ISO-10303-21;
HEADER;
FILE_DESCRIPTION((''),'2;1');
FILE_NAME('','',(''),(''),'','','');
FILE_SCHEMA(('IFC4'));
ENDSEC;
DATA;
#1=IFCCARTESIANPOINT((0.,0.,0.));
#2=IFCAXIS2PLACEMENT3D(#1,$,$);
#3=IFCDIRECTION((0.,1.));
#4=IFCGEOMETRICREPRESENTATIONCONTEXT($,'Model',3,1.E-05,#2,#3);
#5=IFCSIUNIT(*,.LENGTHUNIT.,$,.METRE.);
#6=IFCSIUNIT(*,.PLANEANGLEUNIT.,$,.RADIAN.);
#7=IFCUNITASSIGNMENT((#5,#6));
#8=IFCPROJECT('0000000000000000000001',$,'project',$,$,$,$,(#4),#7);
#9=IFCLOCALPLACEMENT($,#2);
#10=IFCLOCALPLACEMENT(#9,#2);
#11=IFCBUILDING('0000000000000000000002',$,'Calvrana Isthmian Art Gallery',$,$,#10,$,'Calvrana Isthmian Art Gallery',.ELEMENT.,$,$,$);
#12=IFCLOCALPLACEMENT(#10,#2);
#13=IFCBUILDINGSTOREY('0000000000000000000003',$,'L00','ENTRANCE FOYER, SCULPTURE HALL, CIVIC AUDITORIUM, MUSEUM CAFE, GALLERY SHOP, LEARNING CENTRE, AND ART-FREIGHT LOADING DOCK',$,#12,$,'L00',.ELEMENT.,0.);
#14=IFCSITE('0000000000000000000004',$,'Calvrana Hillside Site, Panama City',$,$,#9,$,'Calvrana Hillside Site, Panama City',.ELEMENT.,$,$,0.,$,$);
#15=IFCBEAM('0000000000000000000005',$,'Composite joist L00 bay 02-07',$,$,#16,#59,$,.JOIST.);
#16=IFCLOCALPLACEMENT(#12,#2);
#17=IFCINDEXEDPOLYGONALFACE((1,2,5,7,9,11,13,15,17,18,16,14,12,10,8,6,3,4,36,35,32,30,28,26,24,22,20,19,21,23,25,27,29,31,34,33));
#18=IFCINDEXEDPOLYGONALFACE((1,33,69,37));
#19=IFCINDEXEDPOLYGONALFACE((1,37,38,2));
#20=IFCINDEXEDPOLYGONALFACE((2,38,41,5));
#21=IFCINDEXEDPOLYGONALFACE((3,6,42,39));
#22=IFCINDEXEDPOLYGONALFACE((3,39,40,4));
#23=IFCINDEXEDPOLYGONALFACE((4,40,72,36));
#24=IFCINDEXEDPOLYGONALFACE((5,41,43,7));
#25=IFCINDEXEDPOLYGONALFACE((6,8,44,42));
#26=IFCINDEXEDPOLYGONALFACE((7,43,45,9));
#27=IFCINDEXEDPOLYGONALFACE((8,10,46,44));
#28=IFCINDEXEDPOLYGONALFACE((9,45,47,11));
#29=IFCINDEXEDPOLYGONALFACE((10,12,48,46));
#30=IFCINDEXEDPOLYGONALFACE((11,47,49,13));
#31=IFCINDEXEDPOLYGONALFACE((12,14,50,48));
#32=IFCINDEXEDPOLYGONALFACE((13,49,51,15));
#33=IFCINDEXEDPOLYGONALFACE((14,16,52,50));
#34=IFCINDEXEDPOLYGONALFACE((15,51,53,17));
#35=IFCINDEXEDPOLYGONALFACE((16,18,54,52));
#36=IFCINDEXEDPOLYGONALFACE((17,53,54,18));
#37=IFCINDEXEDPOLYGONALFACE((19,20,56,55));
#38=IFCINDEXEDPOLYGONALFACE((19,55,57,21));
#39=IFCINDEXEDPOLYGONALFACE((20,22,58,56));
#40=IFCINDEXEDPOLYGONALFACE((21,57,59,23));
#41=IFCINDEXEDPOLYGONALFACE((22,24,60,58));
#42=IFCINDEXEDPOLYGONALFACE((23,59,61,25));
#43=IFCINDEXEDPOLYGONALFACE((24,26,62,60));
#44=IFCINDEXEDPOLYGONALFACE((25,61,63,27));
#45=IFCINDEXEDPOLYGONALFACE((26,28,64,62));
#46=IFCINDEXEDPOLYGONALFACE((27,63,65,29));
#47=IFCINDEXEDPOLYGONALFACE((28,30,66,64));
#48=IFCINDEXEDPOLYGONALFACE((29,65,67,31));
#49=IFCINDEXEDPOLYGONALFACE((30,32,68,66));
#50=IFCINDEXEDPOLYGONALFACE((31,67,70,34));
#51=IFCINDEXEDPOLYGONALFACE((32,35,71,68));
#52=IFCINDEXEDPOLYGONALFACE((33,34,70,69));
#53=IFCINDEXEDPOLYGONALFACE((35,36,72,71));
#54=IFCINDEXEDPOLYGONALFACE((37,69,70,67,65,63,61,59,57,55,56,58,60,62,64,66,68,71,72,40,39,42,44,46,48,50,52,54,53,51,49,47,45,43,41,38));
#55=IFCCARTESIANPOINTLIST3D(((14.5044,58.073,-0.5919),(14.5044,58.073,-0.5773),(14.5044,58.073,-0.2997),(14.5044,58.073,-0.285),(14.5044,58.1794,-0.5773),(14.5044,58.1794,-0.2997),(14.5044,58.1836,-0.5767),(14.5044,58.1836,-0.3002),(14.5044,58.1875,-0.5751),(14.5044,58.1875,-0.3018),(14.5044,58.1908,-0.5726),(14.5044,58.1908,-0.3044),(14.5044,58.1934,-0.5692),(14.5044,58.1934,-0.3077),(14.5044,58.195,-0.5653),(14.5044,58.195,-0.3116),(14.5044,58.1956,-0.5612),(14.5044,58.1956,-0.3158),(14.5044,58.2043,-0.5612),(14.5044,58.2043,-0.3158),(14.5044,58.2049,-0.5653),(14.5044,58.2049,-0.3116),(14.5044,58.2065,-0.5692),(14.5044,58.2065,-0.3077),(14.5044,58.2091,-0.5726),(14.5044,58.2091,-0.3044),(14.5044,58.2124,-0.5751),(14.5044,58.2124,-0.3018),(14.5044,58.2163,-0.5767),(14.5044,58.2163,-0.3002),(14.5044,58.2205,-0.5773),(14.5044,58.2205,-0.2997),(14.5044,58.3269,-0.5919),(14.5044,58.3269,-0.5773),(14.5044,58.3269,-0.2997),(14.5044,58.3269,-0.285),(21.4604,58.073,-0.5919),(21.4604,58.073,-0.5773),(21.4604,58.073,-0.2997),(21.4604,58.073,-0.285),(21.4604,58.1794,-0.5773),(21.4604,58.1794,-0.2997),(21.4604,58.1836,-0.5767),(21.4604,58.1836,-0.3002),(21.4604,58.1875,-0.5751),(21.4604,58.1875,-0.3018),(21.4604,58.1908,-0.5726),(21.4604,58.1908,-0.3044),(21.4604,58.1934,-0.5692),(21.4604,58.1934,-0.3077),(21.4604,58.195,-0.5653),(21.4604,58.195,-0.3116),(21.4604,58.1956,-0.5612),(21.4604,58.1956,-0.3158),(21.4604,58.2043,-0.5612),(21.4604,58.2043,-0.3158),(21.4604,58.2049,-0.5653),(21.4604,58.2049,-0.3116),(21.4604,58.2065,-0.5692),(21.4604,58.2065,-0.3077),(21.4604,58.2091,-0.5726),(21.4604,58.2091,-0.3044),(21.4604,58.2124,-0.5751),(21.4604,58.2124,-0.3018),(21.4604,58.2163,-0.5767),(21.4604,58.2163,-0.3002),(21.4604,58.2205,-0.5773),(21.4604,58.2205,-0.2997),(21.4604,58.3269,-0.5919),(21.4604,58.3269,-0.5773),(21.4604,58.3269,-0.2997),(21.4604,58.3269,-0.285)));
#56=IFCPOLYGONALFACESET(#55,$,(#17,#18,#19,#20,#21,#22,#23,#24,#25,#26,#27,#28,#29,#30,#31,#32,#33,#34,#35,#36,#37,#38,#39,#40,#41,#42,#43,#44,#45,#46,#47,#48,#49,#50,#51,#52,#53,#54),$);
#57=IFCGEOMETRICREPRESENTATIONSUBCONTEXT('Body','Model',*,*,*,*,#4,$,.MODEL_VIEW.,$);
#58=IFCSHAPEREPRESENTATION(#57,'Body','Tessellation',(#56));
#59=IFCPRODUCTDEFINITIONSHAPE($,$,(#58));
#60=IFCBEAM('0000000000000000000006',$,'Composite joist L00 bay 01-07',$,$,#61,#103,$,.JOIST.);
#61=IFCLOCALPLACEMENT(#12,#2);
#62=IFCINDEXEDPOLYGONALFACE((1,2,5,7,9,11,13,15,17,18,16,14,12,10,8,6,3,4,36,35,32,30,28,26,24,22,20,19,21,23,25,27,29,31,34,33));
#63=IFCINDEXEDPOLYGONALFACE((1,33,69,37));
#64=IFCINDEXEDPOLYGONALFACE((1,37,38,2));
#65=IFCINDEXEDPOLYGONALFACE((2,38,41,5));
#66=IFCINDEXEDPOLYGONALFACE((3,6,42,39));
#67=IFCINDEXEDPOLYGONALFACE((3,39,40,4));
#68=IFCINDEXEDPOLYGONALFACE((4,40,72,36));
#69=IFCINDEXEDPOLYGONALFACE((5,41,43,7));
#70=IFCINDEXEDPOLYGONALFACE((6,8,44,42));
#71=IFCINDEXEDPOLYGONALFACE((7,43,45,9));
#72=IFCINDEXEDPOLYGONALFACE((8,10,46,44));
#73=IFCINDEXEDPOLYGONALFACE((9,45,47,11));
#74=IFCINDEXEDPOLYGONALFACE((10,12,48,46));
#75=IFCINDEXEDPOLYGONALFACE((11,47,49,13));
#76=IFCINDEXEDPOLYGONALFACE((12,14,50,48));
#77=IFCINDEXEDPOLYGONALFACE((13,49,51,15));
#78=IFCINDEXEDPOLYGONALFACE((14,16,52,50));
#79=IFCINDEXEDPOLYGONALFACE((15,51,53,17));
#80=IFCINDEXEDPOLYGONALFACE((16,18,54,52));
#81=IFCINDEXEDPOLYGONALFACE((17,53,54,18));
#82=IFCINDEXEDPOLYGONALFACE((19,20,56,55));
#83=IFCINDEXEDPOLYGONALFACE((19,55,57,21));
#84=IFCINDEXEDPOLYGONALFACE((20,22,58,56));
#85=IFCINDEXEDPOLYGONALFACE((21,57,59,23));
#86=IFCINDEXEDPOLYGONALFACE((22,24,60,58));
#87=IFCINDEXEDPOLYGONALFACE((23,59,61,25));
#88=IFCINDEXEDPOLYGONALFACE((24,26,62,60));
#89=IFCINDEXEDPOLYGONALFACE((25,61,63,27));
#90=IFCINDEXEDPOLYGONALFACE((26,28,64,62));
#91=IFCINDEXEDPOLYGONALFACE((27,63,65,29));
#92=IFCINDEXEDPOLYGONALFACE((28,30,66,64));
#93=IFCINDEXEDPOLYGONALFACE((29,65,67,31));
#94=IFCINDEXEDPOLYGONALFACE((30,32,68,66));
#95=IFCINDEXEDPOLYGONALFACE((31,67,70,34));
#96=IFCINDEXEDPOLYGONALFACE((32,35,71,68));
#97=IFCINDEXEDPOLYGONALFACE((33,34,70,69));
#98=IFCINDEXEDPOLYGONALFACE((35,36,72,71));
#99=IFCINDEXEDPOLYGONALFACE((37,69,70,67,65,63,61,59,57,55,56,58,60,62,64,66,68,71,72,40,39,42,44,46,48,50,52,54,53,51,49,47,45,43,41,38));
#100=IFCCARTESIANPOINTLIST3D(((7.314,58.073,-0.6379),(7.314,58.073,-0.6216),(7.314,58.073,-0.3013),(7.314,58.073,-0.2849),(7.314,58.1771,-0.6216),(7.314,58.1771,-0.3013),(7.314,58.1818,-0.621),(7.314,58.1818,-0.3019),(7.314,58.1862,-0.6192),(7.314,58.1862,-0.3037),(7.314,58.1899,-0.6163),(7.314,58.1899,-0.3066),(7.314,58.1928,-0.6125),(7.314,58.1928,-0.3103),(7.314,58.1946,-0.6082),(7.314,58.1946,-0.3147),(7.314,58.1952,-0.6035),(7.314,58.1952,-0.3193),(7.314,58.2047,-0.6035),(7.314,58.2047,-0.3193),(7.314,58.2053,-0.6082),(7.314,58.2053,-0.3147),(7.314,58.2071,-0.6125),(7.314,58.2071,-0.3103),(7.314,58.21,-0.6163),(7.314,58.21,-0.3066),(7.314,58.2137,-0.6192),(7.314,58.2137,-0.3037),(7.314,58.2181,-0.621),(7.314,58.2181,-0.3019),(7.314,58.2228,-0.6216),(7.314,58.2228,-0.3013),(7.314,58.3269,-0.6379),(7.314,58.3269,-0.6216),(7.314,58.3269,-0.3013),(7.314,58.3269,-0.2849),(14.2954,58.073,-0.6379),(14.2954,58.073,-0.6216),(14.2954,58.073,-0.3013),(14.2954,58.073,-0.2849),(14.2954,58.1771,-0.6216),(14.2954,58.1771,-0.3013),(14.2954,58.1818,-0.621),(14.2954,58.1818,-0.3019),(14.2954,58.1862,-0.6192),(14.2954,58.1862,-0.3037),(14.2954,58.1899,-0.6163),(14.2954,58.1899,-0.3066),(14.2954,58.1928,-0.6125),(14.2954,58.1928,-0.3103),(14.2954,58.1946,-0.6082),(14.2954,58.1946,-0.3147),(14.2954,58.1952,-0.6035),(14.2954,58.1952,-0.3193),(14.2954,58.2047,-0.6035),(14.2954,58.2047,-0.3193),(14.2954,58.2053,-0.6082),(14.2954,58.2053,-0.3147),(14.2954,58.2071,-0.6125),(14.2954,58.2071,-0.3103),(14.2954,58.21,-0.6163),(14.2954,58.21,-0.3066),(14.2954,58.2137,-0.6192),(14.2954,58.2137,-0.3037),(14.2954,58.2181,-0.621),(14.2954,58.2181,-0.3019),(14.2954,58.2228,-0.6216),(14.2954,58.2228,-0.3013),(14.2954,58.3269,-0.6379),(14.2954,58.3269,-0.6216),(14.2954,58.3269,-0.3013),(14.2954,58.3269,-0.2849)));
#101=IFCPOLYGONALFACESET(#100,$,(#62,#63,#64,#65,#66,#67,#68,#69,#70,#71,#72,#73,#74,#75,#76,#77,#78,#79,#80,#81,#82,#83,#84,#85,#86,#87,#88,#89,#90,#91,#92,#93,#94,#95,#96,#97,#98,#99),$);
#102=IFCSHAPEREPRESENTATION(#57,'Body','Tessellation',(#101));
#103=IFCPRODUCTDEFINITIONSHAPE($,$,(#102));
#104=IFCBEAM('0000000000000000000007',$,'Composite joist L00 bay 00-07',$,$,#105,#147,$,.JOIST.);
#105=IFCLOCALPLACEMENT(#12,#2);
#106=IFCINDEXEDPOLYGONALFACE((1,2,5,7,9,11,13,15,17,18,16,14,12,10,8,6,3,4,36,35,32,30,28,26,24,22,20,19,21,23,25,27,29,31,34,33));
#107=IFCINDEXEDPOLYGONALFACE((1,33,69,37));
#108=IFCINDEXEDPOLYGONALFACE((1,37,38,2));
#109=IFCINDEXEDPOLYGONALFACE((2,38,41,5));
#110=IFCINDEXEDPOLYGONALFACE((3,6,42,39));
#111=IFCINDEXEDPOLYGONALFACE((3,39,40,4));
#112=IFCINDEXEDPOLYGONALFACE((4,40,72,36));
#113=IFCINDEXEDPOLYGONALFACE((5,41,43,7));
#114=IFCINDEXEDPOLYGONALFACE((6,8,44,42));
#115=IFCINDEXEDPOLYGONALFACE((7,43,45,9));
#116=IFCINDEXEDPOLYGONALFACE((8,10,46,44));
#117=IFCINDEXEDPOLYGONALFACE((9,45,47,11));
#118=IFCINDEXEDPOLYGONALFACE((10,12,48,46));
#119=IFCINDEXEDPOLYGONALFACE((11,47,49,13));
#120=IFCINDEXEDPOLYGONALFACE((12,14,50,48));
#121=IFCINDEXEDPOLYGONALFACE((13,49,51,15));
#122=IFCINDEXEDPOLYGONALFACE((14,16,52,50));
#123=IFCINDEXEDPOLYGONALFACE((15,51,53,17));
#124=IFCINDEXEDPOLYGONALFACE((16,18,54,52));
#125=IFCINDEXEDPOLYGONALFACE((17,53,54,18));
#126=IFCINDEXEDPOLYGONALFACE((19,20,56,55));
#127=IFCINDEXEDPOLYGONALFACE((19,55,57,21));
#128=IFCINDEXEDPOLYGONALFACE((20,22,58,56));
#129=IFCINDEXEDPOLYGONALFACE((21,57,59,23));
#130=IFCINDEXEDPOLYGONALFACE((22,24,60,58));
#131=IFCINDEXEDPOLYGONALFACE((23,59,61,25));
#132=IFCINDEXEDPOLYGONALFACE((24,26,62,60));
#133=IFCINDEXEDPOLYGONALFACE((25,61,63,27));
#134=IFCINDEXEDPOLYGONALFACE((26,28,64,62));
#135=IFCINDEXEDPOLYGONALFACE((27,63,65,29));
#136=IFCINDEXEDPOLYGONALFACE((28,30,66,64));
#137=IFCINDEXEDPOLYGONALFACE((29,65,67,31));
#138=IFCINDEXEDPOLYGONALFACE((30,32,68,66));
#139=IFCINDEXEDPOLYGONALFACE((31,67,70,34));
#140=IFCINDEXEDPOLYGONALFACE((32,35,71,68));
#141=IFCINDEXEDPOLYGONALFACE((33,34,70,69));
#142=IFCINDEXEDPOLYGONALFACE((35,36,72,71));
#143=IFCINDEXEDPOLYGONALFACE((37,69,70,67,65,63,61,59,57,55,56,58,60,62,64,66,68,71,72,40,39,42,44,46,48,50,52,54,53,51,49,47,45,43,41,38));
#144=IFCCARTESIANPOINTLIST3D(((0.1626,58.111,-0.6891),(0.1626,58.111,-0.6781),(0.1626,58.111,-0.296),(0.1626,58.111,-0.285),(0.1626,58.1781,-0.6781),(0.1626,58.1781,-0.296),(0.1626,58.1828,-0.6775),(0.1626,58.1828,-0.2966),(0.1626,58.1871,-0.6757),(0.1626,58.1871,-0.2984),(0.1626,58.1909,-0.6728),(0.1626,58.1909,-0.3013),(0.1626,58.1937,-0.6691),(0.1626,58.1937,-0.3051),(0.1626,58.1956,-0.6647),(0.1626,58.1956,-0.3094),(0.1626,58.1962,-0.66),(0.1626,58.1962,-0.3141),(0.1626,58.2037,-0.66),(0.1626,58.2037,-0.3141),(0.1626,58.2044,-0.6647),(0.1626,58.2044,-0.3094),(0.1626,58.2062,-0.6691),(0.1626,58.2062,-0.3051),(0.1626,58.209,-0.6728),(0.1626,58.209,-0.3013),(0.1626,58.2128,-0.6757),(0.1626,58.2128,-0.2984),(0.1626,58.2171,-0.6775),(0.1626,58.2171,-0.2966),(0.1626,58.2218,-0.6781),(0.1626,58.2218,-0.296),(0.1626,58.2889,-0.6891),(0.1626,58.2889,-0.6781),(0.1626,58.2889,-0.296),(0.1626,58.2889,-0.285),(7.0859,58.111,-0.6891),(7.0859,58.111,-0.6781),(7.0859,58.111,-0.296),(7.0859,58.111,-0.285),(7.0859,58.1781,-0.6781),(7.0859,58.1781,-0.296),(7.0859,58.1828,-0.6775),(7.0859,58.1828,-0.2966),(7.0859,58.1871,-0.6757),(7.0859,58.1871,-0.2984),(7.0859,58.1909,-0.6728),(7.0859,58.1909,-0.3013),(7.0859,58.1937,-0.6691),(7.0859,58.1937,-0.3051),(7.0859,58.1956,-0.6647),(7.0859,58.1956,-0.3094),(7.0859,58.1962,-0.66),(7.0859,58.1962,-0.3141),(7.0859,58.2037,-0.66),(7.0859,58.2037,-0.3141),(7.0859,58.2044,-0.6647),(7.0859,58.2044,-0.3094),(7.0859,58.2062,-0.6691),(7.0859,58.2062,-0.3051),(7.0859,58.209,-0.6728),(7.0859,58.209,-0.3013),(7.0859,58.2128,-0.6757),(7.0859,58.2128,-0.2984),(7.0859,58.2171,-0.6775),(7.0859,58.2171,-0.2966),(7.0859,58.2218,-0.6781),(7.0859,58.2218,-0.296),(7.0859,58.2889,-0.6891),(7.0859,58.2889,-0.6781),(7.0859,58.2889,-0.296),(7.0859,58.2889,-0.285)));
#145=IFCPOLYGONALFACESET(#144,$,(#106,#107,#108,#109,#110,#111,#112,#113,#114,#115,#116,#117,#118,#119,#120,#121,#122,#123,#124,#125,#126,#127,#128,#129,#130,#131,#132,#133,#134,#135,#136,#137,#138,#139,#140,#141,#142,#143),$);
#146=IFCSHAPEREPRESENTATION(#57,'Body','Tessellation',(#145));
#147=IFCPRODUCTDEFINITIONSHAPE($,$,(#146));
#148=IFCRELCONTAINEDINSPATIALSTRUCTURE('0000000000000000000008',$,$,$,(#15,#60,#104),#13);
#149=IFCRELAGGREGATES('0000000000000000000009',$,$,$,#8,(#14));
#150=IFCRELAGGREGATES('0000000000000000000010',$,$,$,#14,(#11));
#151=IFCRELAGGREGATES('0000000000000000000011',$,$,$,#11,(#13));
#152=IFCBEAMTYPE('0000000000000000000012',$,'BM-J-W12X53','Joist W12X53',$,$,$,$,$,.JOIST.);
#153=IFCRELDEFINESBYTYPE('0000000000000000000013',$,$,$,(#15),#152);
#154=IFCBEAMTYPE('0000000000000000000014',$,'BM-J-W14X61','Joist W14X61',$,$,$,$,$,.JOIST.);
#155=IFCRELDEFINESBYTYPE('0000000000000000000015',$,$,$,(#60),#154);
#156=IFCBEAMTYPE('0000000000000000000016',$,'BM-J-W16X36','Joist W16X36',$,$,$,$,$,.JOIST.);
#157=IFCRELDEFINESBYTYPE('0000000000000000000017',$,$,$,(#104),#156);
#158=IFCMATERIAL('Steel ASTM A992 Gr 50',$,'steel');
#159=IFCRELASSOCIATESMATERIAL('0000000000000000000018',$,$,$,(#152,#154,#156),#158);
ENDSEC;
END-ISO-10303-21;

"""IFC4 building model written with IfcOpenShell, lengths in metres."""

from ifc_helpers import new_model, si_unit, direction, frame, origin, origin_2d, place, context, subcontext, project, spatial, i_section, extrude, material, material_profile, profile_set, type_object, element, save


model = new_model("IFC4")

# Units and contexts
model_context = context("Model", 3, precision=1e-05, world=origin(), true_north=direction((0.0, 1.0)))
body_context = subcontext(model_context, "Body", "Model", "MODEL_VIEW")
ifc_project = project(units=[si_unit("LENGTHUNIT", "METRE"), si_unit("PLANEANGLEUNIT", "RADIAN")], contexts=[model_context])

# Site, building, storey
site_placement = place(None, origin())
site = spatial("IfcSite", under=ifc_project, at=site_placement, Name="Calvrana Hillside Site, Panama City", LongName="Calvrana Hillside Site, Panama City", CompositionType="ELEMENT", RefElevation=0.0)
building_placement = place(site_placement, origin())
building = spatial("IfcBuilding", under=site, at=building_placement, Name="Calvrana Isthmian Art Gallery", LongName="Calvrana Isthmian Art Gallery", CompositionType="ELEMENT")
storey_placement = place(building_placement, origin())
storey = spatial("IfcBuildingStorey", under=building, at=storey_placement, Name="L00", Description="ENTRANCE FOYER, SCULPTURE HALL, CIVIC AUDITORIUM, MUSEUM CAFE, GALLERY SHOP, LEARNING CENTRE, AND ART-FREIGHT LOADING DOCK", LongName="L00", CompositionType="ELEMENT", Elevation=0.0)

# Shared definitions
ifc_material_1 = material(Name="Steel ASTM A992 Gr 50", Category="steel")

# Beams
ifc_material_profile_1 = material_profile(ifc_material_1, i_section(OverallWidth=0.2539, OverallDepth=0.3069, WebThickness=0.0088, FlangeThickness=0.0146, FilletRadius=0.0161, at=origin_2d()), Name="W12X53")
ifc_profile_set_1 = profile_set([ifc_material_profile_1], Name="Steel ASTM A992 Gr 50")
beam_type_1 = type_object("IfcBeamType", Name="BM-J-W12X53", Description="Joist W12X53", PredefinedType="JOIST", material=ifc_profile_set_1)
beam_1_placement = place(storey_placement, frame((14.5044, 58.2, -0.4385), z_axis=(1.0, 0.0, 0.0), x_axis=(0.0, 1.0, 0.0)))
element("IfcBeam", 1, at=beam_1_placement, inside=storey, type_object=beam_type_1, Name="Composite joist L00 bay 02-07", PredefinedType="JOIST", context=body_context, shape_type="SweptSolid", body=[
    extrude(i_section(OverallWidth=0.2539, OverallDepth=0.3069, WebThickness=0.0088, FlangeThickness=0.0146, FilletRadius=0.0161, at=origin_2d()), origin(), (0.0, 0.0, 1.0), 6.9561),
])
ifc_material_profile_2 = material_profile(ifc_material_1, i_section(OverallWidth=0.2539, OverallDepth=0.353, WebThickness=0.0095, FlangeThickness=0.0164, FilletRadius=0.0181, at=origin_2d()), Name="W14X61")
ifc_profile_set_2 = profile_set([ifc_material_profile_2], Name="Steel ASTM A992 Gr 50")
beam_type_2 = type_object("IfcBeamType", Name="BM-J-W14X61", Description="Joist W14X61", PredefinedType="JOIST", material=ifc_profile_set_2)
beam_2_placement = place(storey_placement, frame((7.314, 58.2, -0.4614), z_axis=(1.0, 0.0, 0.0), x_axis=(0.0, 1.0, 0.0)))
element("IfcBeam", 2, at=beam_2_placement, inside=storey, type_object=beam_type_2, Name="Composite joist L00 bay 01-07", PredefinedType="JOIST", context=body_context, shape_type="SweptSolid", body=[
    extrude(i_section(OverallWidth=0.2539, OverallDepth=0.353, WebThickness=0.0095, FlangeThickness=0.0164, FilletRadius=0.0181, at=origin_2d()), origin(), (0.0, 0.0, 1.0), 6.9814),
])
ifc_material_profile_3 = material_profile(ifc_material_1, i_section(OverallWidth=0.178, OverallDepth=0.4041, WebThickness=0.0076, FlangeThickness=0.011, FilletRadius=0.0181, at=origin_2d()), Name="W16X36")
ifc_profile_set_3 = profile_set([ifc_material_profile_3], Name="Steel ASTM A992 Gr 50")
beam_type_3 = type_object("IfcBeamType", Name="BM-J-W16X36", Description="Joist W16X36", PredefinedType="JOIST", material=ifc_profile_set_3)
beam_3_placement = place(storey_placement, frame((0.1626, 58.2, -0.4871), z_axis=(1.0, 0.0, 0.0), x_axis=(0.0, 1.0, 0.0)))
element("IfcBeam", 3, at=beam_3_placement, inside=storey, type_object=beam_type_3, Name="Composite joist L00 bay 00-07", PredefinedType="JOIST", context=body_context, shape_type="SweptSolid", body=[
    extrude(i_section(OverallWidth=0.178, OverallDepth=0.4041, WebThickness=0.0076, FlangeThickness=0.011, FilletRadius=0.0181, at=origin_2d()), origin(), (0.0, 0.0, 1.0), 6.9233),
])

save(model, "model.ifc")
